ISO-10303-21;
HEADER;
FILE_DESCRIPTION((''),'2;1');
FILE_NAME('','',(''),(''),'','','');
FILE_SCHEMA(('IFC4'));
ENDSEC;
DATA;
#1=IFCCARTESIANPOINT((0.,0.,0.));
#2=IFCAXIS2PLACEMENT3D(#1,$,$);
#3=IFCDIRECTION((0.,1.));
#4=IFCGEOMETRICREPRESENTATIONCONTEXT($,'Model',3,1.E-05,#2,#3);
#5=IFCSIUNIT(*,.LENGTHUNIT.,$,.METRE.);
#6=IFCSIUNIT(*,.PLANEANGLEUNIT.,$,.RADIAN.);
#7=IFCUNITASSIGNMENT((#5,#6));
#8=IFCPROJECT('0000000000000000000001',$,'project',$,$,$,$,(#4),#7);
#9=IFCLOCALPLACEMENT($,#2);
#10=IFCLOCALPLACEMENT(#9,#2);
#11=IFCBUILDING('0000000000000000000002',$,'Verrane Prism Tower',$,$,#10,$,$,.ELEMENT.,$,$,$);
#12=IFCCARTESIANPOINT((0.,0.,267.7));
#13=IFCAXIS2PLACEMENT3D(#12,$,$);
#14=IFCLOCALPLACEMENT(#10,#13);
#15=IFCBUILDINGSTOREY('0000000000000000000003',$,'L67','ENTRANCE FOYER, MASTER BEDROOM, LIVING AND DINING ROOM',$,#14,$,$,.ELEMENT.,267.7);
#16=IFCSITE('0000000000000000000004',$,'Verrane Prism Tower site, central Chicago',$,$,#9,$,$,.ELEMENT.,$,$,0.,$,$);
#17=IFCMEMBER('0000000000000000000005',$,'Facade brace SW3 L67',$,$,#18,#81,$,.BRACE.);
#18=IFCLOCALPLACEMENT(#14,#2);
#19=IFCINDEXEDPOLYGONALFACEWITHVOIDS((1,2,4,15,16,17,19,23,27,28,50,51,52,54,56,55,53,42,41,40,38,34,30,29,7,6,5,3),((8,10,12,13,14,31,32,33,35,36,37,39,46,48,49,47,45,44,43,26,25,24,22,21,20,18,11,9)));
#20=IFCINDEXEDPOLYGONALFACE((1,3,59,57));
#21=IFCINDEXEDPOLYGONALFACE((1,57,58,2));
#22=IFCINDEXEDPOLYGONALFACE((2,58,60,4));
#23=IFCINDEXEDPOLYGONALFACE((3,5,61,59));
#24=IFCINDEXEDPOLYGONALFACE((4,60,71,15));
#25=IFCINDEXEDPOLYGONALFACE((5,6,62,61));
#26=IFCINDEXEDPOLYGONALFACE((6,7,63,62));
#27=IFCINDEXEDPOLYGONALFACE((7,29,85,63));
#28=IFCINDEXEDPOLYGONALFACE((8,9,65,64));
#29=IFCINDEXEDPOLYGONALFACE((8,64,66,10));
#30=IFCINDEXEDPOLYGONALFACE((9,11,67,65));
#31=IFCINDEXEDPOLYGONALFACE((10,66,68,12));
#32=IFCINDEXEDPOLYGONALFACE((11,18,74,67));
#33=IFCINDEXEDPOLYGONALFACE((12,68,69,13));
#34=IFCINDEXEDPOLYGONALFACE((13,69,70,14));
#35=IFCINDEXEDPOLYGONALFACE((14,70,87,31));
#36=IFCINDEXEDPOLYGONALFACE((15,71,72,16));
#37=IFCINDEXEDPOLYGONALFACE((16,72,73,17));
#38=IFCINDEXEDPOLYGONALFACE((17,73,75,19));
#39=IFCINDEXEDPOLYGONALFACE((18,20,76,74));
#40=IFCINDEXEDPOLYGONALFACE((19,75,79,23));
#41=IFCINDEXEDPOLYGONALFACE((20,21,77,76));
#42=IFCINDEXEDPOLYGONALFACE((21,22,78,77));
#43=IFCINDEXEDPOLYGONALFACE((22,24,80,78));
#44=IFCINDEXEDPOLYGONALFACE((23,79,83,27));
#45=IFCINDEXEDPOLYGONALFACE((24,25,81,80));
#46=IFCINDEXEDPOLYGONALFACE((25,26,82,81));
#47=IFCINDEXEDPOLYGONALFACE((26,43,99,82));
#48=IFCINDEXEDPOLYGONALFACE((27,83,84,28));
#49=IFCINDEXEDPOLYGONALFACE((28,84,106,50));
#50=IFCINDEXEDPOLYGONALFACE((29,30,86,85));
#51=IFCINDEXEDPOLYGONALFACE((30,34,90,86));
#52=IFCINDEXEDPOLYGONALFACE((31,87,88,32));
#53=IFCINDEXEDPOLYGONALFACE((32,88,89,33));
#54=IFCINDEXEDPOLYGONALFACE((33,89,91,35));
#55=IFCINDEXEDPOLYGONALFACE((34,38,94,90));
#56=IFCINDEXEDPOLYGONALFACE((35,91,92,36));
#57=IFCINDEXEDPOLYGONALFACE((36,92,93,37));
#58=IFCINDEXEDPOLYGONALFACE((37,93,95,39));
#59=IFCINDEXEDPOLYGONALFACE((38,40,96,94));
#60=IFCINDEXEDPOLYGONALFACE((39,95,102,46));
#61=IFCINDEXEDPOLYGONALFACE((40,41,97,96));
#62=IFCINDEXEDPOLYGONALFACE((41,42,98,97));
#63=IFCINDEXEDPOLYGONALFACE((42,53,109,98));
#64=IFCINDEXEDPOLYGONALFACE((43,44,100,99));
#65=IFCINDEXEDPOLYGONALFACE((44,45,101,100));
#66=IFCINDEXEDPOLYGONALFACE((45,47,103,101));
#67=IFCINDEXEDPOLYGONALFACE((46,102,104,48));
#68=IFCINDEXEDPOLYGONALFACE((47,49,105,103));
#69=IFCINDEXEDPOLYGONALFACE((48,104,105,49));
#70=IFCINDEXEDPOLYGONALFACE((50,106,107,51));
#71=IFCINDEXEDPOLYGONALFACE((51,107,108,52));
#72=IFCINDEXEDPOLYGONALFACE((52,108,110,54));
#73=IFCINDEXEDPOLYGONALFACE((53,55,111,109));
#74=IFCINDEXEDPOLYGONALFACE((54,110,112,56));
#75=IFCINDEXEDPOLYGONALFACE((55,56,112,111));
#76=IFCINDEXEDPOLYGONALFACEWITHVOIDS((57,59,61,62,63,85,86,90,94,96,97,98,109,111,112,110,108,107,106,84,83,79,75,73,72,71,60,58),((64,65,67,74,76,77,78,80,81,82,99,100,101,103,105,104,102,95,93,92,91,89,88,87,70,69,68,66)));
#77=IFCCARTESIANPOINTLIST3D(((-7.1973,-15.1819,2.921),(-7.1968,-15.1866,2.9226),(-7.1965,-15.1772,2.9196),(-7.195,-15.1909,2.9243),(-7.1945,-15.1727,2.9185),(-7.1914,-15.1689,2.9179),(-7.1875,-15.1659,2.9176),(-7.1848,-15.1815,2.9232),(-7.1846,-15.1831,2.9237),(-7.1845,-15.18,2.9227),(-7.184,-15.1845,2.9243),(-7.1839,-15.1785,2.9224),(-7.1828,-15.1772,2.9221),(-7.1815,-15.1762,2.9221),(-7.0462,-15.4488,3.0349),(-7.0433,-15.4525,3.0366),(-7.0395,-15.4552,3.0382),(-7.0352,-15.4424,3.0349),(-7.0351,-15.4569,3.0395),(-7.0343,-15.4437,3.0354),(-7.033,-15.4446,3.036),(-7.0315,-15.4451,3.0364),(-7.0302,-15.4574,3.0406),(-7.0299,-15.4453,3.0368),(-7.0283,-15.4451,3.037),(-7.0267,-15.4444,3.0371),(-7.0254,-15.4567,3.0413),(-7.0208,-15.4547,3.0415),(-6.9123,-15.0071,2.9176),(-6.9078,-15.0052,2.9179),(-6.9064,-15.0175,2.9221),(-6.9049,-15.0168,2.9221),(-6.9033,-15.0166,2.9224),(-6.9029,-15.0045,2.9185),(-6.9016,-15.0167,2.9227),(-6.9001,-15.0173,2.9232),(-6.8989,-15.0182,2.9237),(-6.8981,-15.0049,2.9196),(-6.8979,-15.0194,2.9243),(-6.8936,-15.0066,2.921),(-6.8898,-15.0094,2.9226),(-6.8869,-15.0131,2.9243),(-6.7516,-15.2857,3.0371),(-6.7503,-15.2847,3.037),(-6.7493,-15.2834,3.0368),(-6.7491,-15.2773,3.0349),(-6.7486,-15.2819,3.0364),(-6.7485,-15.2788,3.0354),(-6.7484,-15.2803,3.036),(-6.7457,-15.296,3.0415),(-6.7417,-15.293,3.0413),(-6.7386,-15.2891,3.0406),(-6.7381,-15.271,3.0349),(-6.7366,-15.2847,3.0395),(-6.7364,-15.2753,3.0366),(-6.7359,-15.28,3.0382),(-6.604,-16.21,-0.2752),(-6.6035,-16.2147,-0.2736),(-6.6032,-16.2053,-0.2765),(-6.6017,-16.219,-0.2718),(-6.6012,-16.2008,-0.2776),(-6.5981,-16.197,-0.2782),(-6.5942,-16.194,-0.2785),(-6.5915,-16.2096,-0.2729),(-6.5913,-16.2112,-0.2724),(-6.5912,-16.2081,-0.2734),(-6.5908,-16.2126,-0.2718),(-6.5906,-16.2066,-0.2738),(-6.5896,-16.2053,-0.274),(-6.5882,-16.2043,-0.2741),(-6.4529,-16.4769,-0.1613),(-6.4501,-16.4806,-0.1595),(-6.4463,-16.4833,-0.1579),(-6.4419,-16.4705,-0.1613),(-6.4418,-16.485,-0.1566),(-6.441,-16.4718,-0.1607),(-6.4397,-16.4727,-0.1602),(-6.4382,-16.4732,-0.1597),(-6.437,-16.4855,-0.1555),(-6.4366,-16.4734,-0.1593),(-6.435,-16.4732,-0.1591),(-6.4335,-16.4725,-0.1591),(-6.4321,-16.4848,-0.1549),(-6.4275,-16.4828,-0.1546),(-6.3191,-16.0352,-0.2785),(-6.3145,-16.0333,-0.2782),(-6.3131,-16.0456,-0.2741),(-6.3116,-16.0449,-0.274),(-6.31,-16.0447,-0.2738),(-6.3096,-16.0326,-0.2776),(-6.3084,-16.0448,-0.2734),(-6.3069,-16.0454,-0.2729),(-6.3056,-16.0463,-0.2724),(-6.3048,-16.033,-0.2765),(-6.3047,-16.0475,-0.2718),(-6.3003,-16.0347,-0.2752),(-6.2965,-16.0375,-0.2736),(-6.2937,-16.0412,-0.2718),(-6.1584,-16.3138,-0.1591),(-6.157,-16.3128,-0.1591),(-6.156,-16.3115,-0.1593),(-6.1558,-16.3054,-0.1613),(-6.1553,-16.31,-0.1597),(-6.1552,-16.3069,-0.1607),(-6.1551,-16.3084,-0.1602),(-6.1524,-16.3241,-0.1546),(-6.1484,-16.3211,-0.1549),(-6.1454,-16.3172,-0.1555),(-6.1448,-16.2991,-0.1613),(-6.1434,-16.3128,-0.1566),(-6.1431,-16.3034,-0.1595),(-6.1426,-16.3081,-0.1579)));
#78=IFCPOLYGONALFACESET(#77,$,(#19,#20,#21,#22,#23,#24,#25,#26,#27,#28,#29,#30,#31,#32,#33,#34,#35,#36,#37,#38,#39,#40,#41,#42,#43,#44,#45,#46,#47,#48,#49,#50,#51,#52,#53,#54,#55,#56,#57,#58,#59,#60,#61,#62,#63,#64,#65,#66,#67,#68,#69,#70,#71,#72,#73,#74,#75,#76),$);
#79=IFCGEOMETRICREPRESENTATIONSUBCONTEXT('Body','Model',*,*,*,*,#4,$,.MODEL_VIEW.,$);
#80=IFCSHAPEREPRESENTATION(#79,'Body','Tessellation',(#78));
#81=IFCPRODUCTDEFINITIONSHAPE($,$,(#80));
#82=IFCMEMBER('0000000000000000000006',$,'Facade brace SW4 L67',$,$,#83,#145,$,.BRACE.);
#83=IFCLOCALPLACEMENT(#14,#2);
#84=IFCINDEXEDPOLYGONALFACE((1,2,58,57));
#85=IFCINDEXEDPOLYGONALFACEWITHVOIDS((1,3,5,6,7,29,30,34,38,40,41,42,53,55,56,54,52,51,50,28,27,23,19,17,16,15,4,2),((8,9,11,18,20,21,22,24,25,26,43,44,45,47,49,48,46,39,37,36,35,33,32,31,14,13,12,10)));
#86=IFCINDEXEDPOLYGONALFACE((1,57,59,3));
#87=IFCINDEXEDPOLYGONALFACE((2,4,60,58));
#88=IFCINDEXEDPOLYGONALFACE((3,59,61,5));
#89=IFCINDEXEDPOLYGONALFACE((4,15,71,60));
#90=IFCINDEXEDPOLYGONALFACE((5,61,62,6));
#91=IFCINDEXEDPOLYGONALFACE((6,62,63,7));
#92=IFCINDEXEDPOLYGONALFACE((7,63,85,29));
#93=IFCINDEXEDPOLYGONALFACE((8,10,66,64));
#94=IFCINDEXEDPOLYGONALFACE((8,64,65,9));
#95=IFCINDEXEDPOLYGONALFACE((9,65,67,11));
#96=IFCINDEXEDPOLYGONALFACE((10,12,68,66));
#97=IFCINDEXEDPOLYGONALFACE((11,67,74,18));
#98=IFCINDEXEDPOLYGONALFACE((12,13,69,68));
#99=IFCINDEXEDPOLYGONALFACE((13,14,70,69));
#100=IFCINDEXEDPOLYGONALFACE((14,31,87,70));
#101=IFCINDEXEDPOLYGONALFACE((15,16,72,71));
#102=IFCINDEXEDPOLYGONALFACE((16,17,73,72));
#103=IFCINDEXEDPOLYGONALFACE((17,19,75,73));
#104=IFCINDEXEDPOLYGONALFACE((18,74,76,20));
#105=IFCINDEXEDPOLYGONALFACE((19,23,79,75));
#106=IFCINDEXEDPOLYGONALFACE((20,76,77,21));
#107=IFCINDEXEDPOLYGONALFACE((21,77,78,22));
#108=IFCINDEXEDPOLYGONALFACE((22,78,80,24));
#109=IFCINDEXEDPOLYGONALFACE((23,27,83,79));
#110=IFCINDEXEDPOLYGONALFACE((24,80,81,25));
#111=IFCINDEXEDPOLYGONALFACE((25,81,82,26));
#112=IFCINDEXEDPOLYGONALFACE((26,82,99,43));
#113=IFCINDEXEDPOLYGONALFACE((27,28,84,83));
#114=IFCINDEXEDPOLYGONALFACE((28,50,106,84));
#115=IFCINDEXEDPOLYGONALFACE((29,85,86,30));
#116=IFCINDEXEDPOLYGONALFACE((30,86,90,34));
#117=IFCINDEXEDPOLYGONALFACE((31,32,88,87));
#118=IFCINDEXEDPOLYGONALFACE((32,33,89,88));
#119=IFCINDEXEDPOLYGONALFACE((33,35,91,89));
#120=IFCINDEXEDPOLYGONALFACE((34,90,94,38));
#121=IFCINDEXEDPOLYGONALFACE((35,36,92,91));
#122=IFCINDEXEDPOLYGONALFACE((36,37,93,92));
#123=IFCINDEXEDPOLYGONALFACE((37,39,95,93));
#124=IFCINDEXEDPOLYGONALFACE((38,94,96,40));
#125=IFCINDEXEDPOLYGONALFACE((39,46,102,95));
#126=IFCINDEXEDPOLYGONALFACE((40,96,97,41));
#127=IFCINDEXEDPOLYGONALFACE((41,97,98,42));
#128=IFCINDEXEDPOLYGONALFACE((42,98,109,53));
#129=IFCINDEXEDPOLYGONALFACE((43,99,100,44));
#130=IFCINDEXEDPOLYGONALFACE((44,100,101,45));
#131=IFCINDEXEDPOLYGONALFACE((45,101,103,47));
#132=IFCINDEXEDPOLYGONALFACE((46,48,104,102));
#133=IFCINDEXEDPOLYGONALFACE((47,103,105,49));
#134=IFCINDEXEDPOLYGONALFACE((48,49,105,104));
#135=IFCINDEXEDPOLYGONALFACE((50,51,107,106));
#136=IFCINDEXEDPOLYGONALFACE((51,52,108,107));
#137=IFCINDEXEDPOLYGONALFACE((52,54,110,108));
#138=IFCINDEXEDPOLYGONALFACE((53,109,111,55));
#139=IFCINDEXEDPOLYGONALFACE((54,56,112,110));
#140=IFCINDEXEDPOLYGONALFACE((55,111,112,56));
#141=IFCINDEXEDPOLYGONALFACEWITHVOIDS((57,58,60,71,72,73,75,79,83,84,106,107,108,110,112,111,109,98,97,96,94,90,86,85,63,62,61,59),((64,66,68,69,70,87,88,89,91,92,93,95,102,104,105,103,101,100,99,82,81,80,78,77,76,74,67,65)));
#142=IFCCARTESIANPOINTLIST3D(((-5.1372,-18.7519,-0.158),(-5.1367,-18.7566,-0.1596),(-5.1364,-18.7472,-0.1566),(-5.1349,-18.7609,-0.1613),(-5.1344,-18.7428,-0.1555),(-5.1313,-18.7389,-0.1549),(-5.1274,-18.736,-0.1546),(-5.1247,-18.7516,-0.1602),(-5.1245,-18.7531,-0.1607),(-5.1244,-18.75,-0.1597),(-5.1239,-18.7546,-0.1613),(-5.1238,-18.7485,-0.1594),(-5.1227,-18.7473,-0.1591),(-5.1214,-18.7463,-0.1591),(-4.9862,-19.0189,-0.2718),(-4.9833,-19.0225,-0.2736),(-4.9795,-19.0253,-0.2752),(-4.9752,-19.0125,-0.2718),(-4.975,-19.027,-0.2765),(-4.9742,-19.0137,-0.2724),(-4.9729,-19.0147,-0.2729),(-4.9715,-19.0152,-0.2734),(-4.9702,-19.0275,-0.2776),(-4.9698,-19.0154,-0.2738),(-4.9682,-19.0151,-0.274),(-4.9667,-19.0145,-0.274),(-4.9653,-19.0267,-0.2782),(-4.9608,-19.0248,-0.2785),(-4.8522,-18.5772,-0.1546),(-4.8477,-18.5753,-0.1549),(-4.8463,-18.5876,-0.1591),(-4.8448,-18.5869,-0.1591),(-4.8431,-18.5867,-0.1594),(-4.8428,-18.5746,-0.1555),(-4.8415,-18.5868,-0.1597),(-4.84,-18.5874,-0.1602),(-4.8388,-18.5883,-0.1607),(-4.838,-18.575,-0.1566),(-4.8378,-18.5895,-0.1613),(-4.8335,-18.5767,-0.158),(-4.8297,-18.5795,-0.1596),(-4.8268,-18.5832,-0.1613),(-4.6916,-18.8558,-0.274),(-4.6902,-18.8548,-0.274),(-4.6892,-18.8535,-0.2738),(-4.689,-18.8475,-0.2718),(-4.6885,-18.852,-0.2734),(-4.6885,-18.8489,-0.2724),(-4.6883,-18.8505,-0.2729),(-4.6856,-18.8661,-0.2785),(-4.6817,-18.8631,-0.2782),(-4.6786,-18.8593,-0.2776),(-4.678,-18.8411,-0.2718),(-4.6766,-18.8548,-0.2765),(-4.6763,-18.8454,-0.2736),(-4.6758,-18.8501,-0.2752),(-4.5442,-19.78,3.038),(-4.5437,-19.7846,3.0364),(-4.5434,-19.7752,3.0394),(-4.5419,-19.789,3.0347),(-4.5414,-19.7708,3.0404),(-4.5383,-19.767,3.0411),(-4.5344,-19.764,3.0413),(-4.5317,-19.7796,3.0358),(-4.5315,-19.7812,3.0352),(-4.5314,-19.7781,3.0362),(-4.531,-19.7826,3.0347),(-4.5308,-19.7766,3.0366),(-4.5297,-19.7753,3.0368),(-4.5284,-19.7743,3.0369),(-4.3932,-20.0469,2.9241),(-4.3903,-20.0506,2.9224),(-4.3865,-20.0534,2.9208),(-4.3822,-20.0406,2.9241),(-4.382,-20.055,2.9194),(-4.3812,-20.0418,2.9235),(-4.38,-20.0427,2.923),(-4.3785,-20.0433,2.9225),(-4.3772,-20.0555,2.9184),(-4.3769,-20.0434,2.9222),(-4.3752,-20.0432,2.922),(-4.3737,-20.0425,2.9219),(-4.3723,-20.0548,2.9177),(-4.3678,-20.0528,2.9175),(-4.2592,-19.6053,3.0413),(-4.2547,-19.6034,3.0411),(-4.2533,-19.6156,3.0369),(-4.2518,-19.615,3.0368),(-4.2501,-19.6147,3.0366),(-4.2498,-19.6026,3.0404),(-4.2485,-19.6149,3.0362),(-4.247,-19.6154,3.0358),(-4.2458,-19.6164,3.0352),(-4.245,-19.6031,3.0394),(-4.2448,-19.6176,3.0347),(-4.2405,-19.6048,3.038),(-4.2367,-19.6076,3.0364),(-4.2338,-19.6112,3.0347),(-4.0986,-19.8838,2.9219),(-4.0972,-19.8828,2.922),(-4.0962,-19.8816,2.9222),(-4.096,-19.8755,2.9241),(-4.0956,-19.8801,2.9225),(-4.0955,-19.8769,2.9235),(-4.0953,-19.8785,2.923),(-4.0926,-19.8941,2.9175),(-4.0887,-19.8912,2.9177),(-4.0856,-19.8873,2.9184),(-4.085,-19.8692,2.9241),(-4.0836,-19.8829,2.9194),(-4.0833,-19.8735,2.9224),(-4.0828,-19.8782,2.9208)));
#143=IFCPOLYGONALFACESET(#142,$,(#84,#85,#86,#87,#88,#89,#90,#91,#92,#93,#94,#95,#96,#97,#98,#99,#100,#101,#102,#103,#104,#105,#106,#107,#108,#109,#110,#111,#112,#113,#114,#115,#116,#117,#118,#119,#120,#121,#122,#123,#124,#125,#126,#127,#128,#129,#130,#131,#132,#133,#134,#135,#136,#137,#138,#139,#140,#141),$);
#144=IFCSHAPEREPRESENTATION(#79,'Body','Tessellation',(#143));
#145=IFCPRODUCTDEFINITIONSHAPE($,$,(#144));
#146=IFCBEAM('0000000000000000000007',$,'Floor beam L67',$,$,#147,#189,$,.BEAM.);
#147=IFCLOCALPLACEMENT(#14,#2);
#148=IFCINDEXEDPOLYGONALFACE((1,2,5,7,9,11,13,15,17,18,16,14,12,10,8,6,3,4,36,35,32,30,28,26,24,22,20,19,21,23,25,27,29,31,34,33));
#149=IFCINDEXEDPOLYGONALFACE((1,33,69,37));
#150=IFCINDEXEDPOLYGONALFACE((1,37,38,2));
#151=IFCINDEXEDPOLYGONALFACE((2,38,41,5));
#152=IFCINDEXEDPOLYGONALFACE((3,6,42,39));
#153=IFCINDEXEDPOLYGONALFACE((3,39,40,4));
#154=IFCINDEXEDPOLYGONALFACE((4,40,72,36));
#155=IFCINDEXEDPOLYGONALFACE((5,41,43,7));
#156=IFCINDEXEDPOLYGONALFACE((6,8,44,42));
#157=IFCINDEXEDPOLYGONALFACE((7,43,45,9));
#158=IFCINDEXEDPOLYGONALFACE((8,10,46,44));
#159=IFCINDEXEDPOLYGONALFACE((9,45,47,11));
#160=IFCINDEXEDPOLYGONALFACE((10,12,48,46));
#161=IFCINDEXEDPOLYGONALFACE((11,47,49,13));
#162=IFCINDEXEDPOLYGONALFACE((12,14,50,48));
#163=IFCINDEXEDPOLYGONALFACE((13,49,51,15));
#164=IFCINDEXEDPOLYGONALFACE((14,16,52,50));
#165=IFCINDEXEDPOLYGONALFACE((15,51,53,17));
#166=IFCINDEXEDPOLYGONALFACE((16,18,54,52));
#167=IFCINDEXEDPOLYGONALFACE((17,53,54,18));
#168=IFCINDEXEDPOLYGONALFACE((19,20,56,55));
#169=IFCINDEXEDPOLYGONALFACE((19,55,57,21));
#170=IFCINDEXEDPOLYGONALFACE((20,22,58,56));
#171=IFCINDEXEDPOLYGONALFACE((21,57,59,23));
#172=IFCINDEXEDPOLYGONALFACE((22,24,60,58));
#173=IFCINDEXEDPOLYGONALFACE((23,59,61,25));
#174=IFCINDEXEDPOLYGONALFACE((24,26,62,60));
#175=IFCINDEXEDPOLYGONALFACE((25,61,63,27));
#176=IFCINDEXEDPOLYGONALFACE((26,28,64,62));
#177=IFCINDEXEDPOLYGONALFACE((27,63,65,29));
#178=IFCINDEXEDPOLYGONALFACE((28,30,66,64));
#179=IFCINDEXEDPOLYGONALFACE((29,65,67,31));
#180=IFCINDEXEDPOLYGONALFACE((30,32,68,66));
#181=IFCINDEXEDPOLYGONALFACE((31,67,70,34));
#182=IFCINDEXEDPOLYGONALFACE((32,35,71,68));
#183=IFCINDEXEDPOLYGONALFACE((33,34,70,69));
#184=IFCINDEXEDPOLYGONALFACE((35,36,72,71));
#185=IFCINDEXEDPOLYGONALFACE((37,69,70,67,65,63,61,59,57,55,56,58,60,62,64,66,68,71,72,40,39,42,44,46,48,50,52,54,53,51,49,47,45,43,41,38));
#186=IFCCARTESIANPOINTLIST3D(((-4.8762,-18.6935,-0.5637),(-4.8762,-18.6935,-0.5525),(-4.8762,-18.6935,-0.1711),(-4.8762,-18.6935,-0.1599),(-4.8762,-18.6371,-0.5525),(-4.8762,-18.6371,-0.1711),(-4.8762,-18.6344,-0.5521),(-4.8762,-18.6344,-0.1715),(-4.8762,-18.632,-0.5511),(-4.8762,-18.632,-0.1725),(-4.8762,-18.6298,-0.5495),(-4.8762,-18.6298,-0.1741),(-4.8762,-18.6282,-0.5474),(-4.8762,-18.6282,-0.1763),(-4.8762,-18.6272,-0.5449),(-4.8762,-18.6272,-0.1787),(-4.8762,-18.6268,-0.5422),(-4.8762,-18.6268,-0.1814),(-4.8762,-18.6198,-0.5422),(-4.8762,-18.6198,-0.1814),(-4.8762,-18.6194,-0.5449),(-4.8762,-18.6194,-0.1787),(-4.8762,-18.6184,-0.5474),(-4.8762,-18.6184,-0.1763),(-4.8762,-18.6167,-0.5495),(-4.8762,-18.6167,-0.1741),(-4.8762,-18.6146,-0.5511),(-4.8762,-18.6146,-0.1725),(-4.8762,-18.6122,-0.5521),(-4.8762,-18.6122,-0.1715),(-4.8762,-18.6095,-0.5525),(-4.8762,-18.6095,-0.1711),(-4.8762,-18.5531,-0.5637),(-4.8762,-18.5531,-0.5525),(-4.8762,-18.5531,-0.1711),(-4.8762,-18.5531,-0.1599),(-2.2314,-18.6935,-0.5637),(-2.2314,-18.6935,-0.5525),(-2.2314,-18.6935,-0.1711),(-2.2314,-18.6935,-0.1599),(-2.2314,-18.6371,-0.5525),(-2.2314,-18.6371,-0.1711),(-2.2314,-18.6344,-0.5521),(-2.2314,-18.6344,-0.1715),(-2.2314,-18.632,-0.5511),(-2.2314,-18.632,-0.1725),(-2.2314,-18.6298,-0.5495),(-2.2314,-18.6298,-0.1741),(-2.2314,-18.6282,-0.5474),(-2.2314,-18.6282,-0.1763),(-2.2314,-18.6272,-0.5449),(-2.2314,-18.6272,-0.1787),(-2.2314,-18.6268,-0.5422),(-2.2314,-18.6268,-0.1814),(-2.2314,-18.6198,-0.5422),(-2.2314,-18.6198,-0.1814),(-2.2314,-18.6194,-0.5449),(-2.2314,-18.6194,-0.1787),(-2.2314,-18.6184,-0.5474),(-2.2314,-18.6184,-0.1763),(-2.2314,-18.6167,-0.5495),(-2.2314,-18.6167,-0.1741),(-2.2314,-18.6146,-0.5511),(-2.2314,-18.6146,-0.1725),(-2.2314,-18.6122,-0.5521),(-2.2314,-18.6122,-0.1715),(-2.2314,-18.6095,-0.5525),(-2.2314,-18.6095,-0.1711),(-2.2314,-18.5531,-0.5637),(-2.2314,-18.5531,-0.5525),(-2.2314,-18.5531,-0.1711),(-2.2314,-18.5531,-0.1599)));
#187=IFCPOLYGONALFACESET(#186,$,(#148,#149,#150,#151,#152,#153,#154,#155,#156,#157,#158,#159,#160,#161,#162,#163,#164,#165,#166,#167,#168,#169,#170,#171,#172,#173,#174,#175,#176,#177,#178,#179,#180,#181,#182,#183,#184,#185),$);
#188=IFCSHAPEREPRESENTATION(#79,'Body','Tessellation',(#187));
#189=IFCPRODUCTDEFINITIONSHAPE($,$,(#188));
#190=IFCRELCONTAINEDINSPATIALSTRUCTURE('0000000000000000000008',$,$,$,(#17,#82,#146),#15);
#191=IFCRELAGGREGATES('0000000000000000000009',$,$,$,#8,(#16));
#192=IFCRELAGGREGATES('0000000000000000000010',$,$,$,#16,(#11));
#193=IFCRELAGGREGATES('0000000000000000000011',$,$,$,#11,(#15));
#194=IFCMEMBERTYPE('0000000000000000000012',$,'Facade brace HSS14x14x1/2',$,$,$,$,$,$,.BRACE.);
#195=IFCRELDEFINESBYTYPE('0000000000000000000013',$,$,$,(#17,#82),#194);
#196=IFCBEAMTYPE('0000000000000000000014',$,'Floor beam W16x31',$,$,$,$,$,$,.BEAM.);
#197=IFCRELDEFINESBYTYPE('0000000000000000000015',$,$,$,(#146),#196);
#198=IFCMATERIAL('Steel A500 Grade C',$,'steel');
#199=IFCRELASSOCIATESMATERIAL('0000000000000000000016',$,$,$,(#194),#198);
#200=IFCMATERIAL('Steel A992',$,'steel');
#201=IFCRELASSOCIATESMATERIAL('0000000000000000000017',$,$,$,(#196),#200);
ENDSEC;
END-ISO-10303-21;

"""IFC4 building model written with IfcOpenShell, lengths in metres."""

from ifc_helpers import new_model, si_unit, direction, frame, origin, origin_2d, place, context, subcontext, project, spatial, hollow_rectangle, i_section, extrude, material, material_profile, profile_set, type_object, element, save


model = new_model("IFC4")

# Units and contexts
model_context = context("Model", 3, precision=1e-05, world=origin(), true_north=direction((0.0, 1.0)))
body_context = subcontext(model_context, "Body", "Model", "MODEL_VIEW")
ifc_project = project(units=[si_unit("LENGTHUNIT", "METRE"), si_unit("PLANEANGLEUNIT", "RADIAN")], contexts=[model_context])

# Site, building, storey
site_placement = place(None, origin())
site = spatial("IfcSite", under=ifc_project, at=site_placement, Name="Verrane Prism Tower site, central Chicago", CompositionType="ELEMENT", RefElevation=0.0)
building_placement = place(site_placement, origin())
building = spatial("IfcBuilding", under=site, at=building_placement, Name="Verrane Prism Tower", CompositionType="ELEMENT")
storey_placement = place(building_placement, frame((0.0, 0.0, 267.7)))
storey = spatial("IfcBuildingStorey", under=building, at=storey_placement, Name="L67", Description="ENTRANCE FOYER, MASTER BEDROOM, LIVING AND DINING ROOM", CompositionType="ELEMENT", Elevation=267.7)

# Members
ifc_material_1 = material(Name="Steel A500 Grade C", Category="steel")
ifc_material_profile_1 = material_profile(ifc_material_1, hollow_rectangle(XDim=0.3557, YDim=0.3557, WallThickness=0.0127, InnerFilletRadius=0.0063, OuterFilletRadius=0.019, at=origin_2d()), Name="HSS14x14x1/2")
ifc_profile_set_1 = profile_set([ifc_material_profile_1], Name="Steel A500 Grade C")
member_type_1 = type_object("IfcMemberType", Name="Facade brace HSS14x14x1/2", PredefinedType="BRACE", material=ifc_profile_set_1)
member_1_placement = place(storey_placement, frame((-6.3733, -16.259, -0.2166), z_axis=(-0.174011, 0.301547, 0.937438), x_axis=(-0.866134, -0.499811, 0.0)))
element("IfcMember", 1, at=member_1_placement, inside=storey, type_object=member_type_1, Name="Facade brace SW3 L67", PredefinedType="BRACE", context=body_context, shape_type="SweptSolid", body=[
    extrude(hollow_rectangle(XDim=0.3557, YDim=0.3557, WallThickness=0.0127, InnerFilletRadius=0.0063, OuterFilletRadius=0.019, at=origin_2d()), origin(), (0.0, 0.0, 1.0), 3.4094),
])
member_2_placement = place(storey_placement, frame((-4.9065, -18.801, -0.2166), z_axis=(0.173941, -0.301551, 0.93745), x_axis=(0.866223, 0.499657, 0.0)))
element("IfcMember", 2, at=member_2_placement, inside=storey, type_object=member_type_1, Name="Facade brace SW4 L67", PredefinedType="BRACE", context=body_context, shape_type="SweptSolid", body=[
    extrude(hollow_rectangle(XDim=0.3557, YDim=0.3557, WallThickness=0.0127, InnerFilletRadius=0.0063, OuterFilletRadius=0.019, at=origin_2d()), origin(), (0.0, 0.0, 1.0), 3.4092),
])

# Beam
ifc_material_2 = material(Name="Steel A992", Category="steel")
ifc_material_profile_2 = material_profile(ifc_material_2, i_section(OverallWidth=0.1404, OverallDepth=0.4038, WebThickness=0.0071, FlangeThickness=0.0112, FilletRadius=0.0103, at=origin_2d()), Name="W16x31")
ifc_profile_set_2 = profile_set([ifc_material_profile_2], Name="Steel A992")
beam_type_1 = type_object("IfcBeamType", Name="Floor beam W16x31", PredefinedType="BEAM", material=ifc_profile_set_2)
beam_1_placement = place(storey_placement, frame((-4.8762, -18.6233, -0.3618), z_axis=(1.0, 0.0, 0.0), x_axis=(0.0, 1.0, 0.0)))
element("IfcBeam", 3, at=beam_1_placement, inside=storey, type_object=beam_type_1, Name="Floor beam L67", PredefinedType="BEAM", context=body_context, shape_type="SweptSolid", body=[
    extrude(i_section(OverallWidth=0.1404, OverallDepth=0.4038, WebThickness=0.0071, FlangeThickness=0.0112, FilletRadius=0.0103, at=origin_2d()), origin(), (0.0, 0.0, 1.0), 2.6448),
])

save(model, "model.ifc")
